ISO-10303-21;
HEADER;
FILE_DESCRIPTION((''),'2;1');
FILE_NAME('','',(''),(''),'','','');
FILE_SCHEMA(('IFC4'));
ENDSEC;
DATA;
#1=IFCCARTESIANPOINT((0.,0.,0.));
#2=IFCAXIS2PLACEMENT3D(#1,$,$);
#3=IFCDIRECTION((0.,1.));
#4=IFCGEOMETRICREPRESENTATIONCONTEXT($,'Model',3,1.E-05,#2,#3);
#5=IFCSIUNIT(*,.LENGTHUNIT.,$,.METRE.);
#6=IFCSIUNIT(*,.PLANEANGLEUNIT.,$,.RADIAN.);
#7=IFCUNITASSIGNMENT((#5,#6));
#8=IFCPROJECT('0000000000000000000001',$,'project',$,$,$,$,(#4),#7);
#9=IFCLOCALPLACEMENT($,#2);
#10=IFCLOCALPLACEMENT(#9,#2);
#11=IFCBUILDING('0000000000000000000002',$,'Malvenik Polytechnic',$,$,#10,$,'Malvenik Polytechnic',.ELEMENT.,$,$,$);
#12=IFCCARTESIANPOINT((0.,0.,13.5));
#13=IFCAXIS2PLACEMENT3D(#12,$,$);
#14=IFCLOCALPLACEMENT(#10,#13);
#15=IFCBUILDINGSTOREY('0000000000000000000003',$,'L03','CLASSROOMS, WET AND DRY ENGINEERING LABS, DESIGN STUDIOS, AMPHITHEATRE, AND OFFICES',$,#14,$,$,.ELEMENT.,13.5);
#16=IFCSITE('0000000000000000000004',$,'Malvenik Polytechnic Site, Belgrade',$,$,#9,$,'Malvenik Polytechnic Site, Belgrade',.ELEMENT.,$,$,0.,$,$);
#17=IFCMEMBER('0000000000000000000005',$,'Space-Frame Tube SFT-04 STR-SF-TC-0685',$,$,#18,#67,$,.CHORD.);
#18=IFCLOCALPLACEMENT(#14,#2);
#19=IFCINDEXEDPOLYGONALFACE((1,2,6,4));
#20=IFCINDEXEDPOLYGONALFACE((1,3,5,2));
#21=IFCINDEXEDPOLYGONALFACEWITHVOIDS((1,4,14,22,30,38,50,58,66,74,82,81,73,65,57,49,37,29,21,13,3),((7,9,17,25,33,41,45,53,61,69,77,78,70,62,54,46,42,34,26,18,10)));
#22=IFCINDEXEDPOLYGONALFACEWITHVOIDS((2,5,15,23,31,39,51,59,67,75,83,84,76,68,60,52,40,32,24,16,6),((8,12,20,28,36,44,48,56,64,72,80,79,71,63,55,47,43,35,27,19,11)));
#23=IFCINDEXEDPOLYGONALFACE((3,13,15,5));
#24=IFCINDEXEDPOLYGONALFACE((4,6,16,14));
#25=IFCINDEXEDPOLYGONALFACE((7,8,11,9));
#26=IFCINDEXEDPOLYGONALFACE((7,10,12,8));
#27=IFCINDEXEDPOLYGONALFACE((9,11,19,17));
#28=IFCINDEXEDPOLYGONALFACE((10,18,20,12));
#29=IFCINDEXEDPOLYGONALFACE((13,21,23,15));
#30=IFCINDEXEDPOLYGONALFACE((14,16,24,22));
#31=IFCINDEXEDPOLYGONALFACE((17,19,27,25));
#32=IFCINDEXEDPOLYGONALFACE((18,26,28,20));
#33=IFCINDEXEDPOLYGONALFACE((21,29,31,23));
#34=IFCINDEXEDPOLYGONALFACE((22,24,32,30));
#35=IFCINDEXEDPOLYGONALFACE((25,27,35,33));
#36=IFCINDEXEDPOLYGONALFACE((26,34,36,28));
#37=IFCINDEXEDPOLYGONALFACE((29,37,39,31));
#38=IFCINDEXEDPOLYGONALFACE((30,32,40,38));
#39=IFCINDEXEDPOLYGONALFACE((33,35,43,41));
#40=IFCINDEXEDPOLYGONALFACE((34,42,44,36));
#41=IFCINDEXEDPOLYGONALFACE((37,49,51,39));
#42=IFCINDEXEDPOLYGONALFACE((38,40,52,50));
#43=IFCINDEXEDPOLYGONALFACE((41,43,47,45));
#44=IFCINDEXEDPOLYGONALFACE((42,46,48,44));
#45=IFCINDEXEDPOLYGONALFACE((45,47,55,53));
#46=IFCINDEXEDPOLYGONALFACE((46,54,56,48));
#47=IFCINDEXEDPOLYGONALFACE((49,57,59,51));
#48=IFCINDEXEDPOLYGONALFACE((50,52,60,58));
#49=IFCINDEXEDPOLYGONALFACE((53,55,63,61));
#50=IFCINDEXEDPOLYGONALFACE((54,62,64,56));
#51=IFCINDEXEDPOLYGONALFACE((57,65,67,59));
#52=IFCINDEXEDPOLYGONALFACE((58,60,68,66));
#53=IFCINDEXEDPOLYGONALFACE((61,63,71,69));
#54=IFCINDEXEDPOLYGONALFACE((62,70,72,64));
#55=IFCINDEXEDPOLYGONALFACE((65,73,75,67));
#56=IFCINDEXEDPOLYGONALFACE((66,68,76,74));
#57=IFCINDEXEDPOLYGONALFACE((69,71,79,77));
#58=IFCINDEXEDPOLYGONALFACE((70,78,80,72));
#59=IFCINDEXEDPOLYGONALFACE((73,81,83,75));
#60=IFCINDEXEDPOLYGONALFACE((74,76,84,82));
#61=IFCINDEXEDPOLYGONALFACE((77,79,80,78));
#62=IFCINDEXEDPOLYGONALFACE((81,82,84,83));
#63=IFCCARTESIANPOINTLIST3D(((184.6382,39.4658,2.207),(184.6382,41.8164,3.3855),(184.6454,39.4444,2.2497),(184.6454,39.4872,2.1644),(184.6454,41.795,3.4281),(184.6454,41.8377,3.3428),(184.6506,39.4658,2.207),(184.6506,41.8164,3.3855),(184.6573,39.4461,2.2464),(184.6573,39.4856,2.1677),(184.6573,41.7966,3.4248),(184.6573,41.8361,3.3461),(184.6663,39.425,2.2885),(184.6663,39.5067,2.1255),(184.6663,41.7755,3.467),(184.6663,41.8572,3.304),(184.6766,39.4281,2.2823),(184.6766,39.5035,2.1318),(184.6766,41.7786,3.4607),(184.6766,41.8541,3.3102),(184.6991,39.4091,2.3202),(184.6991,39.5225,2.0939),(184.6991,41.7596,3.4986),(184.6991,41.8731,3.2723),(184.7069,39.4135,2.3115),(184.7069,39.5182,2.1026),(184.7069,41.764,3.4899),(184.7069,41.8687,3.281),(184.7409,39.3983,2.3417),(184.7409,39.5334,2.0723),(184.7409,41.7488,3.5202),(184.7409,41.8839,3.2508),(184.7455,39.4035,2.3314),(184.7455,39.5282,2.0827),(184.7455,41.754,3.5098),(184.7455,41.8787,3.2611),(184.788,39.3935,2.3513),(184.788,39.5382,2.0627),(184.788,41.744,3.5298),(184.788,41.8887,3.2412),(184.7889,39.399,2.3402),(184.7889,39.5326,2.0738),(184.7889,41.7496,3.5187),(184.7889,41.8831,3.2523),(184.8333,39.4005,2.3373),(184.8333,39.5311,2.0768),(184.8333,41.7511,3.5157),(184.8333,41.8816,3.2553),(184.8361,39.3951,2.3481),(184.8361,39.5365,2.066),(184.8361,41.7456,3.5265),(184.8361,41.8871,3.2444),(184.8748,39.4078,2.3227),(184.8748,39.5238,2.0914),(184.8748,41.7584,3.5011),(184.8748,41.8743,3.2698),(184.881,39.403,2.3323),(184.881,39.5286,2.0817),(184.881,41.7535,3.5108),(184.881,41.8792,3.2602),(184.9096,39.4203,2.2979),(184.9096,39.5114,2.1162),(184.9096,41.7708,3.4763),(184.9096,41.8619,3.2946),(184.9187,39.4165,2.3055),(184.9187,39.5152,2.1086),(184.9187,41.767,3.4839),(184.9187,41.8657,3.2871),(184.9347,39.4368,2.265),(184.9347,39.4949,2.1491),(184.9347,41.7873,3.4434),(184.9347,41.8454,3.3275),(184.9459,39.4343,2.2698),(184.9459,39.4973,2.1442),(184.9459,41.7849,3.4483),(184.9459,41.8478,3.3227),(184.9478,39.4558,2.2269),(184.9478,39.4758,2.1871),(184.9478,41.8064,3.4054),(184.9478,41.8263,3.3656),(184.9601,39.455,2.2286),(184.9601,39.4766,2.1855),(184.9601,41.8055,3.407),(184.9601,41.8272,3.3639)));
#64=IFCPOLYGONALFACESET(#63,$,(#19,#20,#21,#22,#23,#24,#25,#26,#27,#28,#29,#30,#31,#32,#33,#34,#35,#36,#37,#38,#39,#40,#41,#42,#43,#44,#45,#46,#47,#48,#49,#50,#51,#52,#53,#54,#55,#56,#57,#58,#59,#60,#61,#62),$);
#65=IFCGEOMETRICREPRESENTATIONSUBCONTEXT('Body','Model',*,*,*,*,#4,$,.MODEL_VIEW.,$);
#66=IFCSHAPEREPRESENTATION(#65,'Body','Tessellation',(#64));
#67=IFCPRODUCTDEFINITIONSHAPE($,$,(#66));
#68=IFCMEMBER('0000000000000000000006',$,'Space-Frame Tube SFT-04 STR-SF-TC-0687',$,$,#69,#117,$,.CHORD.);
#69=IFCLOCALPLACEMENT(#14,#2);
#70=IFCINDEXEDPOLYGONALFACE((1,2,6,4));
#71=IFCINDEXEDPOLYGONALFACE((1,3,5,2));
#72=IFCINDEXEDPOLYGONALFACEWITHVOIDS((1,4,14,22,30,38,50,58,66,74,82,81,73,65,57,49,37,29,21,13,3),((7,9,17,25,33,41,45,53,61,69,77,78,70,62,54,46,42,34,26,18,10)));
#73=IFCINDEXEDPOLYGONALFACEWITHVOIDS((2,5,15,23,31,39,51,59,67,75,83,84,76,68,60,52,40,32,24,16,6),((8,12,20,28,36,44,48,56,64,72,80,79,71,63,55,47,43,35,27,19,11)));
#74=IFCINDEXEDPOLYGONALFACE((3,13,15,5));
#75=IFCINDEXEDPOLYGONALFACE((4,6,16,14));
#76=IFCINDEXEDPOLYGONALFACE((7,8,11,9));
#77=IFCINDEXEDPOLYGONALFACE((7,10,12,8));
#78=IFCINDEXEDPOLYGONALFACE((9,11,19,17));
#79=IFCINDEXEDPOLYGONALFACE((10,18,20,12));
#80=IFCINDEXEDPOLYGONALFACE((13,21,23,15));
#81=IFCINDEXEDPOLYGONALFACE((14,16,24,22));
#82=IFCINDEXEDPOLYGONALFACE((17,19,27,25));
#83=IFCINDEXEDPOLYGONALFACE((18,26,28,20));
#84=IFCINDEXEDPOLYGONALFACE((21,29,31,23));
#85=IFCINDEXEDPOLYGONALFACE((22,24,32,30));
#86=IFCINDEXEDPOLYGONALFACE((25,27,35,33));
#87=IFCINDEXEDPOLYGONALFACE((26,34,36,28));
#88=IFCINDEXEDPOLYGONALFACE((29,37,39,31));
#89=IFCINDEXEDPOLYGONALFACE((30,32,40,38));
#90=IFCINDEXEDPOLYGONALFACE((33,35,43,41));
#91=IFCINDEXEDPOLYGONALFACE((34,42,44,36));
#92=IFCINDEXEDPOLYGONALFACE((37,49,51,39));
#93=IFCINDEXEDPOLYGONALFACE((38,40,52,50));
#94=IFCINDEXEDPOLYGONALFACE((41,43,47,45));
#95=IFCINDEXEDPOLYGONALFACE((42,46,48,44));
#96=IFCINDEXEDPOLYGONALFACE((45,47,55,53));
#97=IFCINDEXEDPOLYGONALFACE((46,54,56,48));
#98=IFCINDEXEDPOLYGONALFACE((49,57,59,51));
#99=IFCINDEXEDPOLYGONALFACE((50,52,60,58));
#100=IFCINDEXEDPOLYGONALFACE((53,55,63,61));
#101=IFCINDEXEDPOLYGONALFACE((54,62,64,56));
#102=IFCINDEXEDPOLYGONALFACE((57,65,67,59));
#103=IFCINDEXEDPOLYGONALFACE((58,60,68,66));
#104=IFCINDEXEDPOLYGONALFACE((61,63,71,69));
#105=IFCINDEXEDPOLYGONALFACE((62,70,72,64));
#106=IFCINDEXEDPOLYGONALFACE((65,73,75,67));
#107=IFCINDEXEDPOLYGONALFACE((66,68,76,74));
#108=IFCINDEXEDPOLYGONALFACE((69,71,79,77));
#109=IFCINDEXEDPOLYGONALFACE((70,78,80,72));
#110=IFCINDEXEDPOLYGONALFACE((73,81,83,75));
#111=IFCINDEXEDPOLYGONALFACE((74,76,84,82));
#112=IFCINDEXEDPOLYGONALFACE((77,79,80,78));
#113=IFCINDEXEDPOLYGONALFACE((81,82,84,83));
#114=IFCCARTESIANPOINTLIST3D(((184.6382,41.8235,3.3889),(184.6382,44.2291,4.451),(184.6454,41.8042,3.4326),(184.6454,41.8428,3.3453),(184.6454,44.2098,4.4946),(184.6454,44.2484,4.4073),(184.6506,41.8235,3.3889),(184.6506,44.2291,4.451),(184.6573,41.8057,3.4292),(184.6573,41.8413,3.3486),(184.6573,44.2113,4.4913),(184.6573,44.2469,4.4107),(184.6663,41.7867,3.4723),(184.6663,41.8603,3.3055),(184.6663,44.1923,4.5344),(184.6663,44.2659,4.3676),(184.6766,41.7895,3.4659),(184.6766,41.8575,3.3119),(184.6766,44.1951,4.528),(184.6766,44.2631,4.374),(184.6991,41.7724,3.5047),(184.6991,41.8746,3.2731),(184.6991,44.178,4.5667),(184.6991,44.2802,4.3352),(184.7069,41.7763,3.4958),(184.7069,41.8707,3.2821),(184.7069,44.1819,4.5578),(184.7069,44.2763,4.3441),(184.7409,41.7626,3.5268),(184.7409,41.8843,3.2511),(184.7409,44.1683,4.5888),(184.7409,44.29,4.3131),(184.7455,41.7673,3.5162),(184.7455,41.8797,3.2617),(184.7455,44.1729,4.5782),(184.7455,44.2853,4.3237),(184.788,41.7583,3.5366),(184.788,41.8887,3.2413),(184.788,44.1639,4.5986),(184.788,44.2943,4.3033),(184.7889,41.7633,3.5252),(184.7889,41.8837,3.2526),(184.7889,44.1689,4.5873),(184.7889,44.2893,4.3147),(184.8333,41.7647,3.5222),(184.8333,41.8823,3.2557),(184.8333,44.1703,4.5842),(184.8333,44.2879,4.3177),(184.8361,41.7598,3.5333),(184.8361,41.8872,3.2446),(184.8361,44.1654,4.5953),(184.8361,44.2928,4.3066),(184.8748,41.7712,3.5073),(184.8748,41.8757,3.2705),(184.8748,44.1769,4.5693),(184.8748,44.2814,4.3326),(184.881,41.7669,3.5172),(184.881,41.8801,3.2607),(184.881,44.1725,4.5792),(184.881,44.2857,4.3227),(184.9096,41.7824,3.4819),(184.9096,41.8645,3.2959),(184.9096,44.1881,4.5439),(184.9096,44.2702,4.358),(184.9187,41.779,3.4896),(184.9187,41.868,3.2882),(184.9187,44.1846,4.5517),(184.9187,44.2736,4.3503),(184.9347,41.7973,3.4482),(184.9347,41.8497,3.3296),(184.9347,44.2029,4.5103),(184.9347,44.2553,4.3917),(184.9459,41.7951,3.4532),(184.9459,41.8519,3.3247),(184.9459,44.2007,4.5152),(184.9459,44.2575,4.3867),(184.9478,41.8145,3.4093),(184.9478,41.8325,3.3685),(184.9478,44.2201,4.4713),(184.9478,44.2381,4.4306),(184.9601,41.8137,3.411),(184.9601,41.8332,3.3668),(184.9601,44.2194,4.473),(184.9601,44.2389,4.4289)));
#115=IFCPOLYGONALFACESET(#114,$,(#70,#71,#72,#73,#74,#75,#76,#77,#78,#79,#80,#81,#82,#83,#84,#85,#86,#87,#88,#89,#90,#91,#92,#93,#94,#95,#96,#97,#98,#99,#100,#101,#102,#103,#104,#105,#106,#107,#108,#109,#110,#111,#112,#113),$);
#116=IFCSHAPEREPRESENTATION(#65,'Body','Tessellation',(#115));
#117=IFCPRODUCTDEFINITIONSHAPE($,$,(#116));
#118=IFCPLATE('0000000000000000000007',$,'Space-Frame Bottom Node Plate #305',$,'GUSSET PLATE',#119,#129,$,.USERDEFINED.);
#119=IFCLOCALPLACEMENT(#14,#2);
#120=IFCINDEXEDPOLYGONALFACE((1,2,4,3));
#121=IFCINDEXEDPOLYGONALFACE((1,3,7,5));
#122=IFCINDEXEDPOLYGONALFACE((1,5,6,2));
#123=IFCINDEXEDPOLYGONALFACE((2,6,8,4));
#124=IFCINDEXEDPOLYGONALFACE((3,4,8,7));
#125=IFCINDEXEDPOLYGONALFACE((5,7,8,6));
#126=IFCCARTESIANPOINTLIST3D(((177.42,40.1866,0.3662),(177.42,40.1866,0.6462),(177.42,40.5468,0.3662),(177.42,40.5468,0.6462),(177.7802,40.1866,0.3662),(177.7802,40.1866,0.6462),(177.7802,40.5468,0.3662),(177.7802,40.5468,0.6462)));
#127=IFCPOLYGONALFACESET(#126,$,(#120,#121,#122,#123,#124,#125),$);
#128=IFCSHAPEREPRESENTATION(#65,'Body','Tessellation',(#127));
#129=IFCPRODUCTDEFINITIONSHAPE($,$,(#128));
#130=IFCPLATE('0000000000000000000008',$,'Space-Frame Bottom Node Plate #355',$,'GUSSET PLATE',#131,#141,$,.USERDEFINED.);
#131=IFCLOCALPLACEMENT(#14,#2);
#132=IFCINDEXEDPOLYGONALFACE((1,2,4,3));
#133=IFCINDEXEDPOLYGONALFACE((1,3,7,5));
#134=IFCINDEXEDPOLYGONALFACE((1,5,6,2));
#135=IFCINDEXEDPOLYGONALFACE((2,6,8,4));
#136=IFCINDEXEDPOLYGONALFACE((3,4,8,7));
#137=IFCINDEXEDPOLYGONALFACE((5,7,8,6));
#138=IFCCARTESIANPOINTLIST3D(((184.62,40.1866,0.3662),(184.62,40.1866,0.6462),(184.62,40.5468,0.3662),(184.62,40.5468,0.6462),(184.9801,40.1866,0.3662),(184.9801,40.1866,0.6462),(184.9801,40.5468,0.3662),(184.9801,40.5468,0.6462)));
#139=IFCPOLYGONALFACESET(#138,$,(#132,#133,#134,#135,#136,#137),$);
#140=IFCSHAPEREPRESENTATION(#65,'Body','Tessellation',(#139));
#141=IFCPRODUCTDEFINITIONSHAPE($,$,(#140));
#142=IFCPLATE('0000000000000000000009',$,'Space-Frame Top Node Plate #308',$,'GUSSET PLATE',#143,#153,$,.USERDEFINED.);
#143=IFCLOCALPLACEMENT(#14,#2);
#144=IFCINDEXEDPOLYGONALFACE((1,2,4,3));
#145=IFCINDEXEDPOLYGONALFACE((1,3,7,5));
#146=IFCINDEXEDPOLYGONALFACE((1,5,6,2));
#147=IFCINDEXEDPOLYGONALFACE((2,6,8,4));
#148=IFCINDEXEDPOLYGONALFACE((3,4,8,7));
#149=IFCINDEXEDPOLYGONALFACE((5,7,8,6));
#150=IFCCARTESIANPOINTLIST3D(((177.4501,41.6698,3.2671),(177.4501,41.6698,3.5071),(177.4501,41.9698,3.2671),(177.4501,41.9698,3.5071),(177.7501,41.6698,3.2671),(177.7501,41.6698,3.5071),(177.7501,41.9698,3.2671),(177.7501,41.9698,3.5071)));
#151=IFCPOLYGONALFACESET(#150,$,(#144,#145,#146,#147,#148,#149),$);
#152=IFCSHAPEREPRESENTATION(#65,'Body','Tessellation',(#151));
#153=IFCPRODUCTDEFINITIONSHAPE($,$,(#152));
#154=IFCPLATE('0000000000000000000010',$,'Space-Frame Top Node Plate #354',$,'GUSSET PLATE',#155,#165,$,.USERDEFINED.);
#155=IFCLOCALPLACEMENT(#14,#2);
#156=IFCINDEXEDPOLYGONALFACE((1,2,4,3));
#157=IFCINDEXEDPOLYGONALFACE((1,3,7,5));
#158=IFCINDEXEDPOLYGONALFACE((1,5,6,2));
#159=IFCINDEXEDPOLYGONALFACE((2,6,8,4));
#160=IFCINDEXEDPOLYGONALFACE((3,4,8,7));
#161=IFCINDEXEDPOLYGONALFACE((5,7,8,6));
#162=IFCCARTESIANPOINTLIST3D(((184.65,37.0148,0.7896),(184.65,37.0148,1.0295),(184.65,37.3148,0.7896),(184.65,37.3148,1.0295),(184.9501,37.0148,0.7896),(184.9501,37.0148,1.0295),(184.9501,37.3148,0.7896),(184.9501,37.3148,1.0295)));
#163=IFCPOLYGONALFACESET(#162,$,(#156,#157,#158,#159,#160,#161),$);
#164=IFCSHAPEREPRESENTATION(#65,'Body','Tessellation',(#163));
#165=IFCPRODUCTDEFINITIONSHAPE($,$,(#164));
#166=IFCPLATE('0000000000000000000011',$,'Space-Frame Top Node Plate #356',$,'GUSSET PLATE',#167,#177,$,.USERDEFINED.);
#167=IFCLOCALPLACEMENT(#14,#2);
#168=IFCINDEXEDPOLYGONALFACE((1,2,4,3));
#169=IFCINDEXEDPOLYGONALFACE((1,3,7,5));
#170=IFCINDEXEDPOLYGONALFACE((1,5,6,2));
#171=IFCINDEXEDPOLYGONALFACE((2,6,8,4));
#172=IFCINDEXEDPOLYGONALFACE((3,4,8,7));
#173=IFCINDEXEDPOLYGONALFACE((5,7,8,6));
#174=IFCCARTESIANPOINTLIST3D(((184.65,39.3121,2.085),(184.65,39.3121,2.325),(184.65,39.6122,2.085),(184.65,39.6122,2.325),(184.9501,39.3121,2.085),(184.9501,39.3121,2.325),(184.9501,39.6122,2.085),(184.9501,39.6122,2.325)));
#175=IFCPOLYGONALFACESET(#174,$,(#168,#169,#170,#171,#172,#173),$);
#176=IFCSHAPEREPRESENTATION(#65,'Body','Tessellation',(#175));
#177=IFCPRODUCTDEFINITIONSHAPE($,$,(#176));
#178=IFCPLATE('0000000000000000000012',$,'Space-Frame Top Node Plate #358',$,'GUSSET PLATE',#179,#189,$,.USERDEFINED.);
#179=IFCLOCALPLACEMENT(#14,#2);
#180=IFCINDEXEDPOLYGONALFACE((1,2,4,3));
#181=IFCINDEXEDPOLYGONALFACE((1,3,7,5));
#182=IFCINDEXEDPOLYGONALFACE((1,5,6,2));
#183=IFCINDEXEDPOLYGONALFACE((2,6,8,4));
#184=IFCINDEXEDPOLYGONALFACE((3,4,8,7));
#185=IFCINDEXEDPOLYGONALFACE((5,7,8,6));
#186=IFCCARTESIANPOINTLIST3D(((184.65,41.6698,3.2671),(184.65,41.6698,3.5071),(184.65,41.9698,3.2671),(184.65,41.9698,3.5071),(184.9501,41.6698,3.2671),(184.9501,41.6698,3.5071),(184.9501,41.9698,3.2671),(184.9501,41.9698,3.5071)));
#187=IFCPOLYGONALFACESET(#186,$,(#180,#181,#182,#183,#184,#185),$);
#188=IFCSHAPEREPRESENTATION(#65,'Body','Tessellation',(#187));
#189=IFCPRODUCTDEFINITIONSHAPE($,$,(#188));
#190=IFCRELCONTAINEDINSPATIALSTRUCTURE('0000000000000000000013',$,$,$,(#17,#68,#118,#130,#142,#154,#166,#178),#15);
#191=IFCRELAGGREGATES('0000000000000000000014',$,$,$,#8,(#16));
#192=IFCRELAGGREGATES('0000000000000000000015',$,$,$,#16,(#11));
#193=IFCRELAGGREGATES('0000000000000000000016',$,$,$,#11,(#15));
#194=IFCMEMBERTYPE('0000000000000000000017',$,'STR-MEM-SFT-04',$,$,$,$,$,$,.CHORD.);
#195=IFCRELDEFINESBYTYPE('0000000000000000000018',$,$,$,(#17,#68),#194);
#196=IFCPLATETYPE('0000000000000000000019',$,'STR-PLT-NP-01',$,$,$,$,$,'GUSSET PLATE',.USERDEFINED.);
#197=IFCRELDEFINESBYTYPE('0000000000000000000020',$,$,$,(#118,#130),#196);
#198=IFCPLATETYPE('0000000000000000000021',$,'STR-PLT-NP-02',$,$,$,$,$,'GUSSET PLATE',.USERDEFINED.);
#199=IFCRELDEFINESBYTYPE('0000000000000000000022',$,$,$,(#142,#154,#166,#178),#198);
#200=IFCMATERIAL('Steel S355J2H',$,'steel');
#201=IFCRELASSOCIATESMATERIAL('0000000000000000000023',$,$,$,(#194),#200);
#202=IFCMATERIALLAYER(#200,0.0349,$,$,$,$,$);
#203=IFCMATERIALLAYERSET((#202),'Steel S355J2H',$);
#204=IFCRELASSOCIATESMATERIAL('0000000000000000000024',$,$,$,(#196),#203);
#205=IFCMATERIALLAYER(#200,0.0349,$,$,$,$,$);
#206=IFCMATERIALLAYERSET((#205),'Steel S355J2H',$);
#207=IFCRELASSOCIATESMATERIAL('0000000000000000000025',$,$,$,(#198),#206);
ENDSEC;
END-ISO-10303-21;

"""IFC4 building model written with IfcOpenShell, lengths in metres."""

from ifc_helpers import new_model, si_unit, direction, frame, origin, origin_2d, place, context, subcontext, project, spatial, rectangle, hollow_circle, extrude, material, layer, layer_set, material_profile, profile_set, type_object, element, save


model = new_model("IFC4")

# Units and contexts
model_context = context("Model", 3, precision=1e-05, world=origin(), true_north=direction((0.0, 1.0)))
body_context = subcontext(model_context, "Body", "Model", "MODEL_VIEW")
ifc_project = project(units=[si_unit("LENGTHUNIT", "METRE"), si_unit("PLANEANGLEUNIT", "RADIAN")], contexts=[model_context])

# Site, building, storey
site_placement = place(None, origin())
site = spatial("IfcSite", under=ifc_project, at=site_placement, Name="Malvenik Polytechnic Site, Belgrade", LongName="Malvenik Polytechnic Site, Belgrade", CompositionType="ELEMENT", RefElevation=0.0)
building_placement = place(site_placement, origin())
building = spatial("IfcBuilding", under=site, at=building_placement, Name="Malvenik Polytechnic", LongName="Malvenik Polytechnic", CompositionType="ELEMENT")
storey_placement = place(building_placement, frame((0.0, 0.0, 13.5)))
storey = spatial("IfcBuildingStorey", under=building, at=storey_placement, Name="L03", Description="CLASSROOMS, WET AND DRY ENGINEERING LABS, DESIGN STUDIOS, AMPHITHEATRE, AND OFFICES", CompositionType="ELEMENT", Elevation=13.5)

# Members
ifc_material = material(Name="Steel S355J2H", Category="steel")
ifc_material_profile_1 = material_profile(ifc_material, hollow_circle(Radius=0.1619, WallThickness=0.0125, at=origin_2d()), Name="CHS 323.9x12.5")
ifc_profile_set_1 = profile_set([ifc_material_profile_1], Name="Steel S355J2H")
member_type_1 = type_object("IfcMemberType", Name="STR-MEM-SFT-04", PredefinedType="CHORD", material=ifc_profile_set_1)
member_1_placement = place(storey_placement, frame((184.8, 39.4658, 2.207), z_axis=(0.0, 0.893944, 0.448179), x_axis=(-1.0, 0.0, 0.0)))
element("IfcMember", 1, at=member_1_placement, inside=storey, type_object=member_type_1, Name="Space-Frame Tube SFT-04 STR-SF-TC-0685", PredefinedType="CHORD", context=body_context, shape_type="SweptSolid", body=[
    extrude(hollow_circle(Radius=0.1619, WallThickness=0.0125, at=origin_2d()), origin(), (0.0, 0.0, 1.0), 2.6294),
])
member_2_placement = place(storey_placement, frame((184.8, 41.8235, 3.3889), z_axis=(0.0, 0.914812, 0.40388), x_axis=(-1.0, 0.0, 0.0)))
element("IfcMember", 2, at=member_2_placement, inside=storey, type_object=member_type_1, Name="Space-Frame Tube SFT-04 STR-SF-TC-0687", PredefinedType="CHORD", context=body_context, shape_type="SweptSolid", body=[
    extrude(hollow_circle(Radius=0.1619, WallThickness=0.0125, at=origin_2d()), origin(), (0.0, 0.0, 1.0), 2.6296),
])

# Plates
ifc_layer_1 = layer(ifc_material, 0.0349)
ifc_layer_set_1 = layer_set([ifc_layer_1], Name="Steel S355J2H")
plate_type_1 = type_object("IfcPlateType", Name="STR-PLT-NP-01", ElementType="GUSSET PLATE", PredefinedType="USERDEFINED", material=ifc_layer_set_1)
for number, where, z_axis, x_axis, name in (
    (3, (177.6001, 40.3667, 0.3662), (0.0, 0.0, 1.0), (1.0, 0.0, 0.0), "Space-Frame Bottom Node Plate #305"),
    (4, (184.8, 40.3667, 0.3662), (0.0, 0.0, 1.0), (1.0, 0.0, 0.0), "Space-Frame Bottom Node Plate #355"),
):
    element("IfcPlate", number, at=place(storey_placement, frame(where, z_axis=z_axis, x_axis=x_axis)), inside=storey, type_object=plate_type_1, Name=name, ObjectType="GUSSET PLATE", PredefinedType="USERDEFINED", context=body_context, shape_type="SweptSolid", body=[
        extrude(rectangle(XDim=0.3601, YDim=0.3601, at=origin_2d()), origin(), (0.0, 0.0, 1.0), 0.28),
    ])
ifc_layer_2 = layer(ifc_material, 0.0349)
ifc_layer_set_2 = layer_set([ifc_layer_2], Name="Steel S355J2H")
plate_type_2 = type_object("IfcPlateType", Name="STR-PLT-NP-02", ElementType="GUSSET PLATE", PredefinedType="USERDEFINED", material=ifc_layer_set_2)
for number, where, z_axis, x_axis, name in (
    (5, (177.6001, 41.8198, 3.2671), (0.0, 0.0, 1.0), (1.0, 0.0, 0.0), "Space-Frame Top Node Plate #308"),
    (6, (184.8, 37.1648, 0.7896), (0.0, 0.0, 1.0), (1.0, 0.0, 0.0), "Space-Frame Top Node Plate #354"),
    (7, (184.8, 39.4622, 2.085), (0.0, 0.0, 1.0), (1.0, 0.0, 0.0), "Space-Frame Top Node Plate #356"),
    (8, (184.8, 41.8198, 3.2671), (0.0, 0.0, 1.0), (1.0, 0.0, 0.0), "Space-Frame Top Node Plate #358"),
):
    element("IfcPlate", number, at=place(storey_placement, frame(where, z_axis=z_axis, x_axis=x_axis)), inside=storey, type_object=plate_type_2, Name=name, ObjectType="GUSSET PLATE", PredefinedType="USERDEFINED", context=body_context, shape_type="SweptSolid", body=[
        extrude(rectangle(XDim=0.3, YDim=0.3, at=origin_2d()), origin(), (0.0, 0.0, 1.0), 0.24),
    ])

save(model, "model.ifc")
